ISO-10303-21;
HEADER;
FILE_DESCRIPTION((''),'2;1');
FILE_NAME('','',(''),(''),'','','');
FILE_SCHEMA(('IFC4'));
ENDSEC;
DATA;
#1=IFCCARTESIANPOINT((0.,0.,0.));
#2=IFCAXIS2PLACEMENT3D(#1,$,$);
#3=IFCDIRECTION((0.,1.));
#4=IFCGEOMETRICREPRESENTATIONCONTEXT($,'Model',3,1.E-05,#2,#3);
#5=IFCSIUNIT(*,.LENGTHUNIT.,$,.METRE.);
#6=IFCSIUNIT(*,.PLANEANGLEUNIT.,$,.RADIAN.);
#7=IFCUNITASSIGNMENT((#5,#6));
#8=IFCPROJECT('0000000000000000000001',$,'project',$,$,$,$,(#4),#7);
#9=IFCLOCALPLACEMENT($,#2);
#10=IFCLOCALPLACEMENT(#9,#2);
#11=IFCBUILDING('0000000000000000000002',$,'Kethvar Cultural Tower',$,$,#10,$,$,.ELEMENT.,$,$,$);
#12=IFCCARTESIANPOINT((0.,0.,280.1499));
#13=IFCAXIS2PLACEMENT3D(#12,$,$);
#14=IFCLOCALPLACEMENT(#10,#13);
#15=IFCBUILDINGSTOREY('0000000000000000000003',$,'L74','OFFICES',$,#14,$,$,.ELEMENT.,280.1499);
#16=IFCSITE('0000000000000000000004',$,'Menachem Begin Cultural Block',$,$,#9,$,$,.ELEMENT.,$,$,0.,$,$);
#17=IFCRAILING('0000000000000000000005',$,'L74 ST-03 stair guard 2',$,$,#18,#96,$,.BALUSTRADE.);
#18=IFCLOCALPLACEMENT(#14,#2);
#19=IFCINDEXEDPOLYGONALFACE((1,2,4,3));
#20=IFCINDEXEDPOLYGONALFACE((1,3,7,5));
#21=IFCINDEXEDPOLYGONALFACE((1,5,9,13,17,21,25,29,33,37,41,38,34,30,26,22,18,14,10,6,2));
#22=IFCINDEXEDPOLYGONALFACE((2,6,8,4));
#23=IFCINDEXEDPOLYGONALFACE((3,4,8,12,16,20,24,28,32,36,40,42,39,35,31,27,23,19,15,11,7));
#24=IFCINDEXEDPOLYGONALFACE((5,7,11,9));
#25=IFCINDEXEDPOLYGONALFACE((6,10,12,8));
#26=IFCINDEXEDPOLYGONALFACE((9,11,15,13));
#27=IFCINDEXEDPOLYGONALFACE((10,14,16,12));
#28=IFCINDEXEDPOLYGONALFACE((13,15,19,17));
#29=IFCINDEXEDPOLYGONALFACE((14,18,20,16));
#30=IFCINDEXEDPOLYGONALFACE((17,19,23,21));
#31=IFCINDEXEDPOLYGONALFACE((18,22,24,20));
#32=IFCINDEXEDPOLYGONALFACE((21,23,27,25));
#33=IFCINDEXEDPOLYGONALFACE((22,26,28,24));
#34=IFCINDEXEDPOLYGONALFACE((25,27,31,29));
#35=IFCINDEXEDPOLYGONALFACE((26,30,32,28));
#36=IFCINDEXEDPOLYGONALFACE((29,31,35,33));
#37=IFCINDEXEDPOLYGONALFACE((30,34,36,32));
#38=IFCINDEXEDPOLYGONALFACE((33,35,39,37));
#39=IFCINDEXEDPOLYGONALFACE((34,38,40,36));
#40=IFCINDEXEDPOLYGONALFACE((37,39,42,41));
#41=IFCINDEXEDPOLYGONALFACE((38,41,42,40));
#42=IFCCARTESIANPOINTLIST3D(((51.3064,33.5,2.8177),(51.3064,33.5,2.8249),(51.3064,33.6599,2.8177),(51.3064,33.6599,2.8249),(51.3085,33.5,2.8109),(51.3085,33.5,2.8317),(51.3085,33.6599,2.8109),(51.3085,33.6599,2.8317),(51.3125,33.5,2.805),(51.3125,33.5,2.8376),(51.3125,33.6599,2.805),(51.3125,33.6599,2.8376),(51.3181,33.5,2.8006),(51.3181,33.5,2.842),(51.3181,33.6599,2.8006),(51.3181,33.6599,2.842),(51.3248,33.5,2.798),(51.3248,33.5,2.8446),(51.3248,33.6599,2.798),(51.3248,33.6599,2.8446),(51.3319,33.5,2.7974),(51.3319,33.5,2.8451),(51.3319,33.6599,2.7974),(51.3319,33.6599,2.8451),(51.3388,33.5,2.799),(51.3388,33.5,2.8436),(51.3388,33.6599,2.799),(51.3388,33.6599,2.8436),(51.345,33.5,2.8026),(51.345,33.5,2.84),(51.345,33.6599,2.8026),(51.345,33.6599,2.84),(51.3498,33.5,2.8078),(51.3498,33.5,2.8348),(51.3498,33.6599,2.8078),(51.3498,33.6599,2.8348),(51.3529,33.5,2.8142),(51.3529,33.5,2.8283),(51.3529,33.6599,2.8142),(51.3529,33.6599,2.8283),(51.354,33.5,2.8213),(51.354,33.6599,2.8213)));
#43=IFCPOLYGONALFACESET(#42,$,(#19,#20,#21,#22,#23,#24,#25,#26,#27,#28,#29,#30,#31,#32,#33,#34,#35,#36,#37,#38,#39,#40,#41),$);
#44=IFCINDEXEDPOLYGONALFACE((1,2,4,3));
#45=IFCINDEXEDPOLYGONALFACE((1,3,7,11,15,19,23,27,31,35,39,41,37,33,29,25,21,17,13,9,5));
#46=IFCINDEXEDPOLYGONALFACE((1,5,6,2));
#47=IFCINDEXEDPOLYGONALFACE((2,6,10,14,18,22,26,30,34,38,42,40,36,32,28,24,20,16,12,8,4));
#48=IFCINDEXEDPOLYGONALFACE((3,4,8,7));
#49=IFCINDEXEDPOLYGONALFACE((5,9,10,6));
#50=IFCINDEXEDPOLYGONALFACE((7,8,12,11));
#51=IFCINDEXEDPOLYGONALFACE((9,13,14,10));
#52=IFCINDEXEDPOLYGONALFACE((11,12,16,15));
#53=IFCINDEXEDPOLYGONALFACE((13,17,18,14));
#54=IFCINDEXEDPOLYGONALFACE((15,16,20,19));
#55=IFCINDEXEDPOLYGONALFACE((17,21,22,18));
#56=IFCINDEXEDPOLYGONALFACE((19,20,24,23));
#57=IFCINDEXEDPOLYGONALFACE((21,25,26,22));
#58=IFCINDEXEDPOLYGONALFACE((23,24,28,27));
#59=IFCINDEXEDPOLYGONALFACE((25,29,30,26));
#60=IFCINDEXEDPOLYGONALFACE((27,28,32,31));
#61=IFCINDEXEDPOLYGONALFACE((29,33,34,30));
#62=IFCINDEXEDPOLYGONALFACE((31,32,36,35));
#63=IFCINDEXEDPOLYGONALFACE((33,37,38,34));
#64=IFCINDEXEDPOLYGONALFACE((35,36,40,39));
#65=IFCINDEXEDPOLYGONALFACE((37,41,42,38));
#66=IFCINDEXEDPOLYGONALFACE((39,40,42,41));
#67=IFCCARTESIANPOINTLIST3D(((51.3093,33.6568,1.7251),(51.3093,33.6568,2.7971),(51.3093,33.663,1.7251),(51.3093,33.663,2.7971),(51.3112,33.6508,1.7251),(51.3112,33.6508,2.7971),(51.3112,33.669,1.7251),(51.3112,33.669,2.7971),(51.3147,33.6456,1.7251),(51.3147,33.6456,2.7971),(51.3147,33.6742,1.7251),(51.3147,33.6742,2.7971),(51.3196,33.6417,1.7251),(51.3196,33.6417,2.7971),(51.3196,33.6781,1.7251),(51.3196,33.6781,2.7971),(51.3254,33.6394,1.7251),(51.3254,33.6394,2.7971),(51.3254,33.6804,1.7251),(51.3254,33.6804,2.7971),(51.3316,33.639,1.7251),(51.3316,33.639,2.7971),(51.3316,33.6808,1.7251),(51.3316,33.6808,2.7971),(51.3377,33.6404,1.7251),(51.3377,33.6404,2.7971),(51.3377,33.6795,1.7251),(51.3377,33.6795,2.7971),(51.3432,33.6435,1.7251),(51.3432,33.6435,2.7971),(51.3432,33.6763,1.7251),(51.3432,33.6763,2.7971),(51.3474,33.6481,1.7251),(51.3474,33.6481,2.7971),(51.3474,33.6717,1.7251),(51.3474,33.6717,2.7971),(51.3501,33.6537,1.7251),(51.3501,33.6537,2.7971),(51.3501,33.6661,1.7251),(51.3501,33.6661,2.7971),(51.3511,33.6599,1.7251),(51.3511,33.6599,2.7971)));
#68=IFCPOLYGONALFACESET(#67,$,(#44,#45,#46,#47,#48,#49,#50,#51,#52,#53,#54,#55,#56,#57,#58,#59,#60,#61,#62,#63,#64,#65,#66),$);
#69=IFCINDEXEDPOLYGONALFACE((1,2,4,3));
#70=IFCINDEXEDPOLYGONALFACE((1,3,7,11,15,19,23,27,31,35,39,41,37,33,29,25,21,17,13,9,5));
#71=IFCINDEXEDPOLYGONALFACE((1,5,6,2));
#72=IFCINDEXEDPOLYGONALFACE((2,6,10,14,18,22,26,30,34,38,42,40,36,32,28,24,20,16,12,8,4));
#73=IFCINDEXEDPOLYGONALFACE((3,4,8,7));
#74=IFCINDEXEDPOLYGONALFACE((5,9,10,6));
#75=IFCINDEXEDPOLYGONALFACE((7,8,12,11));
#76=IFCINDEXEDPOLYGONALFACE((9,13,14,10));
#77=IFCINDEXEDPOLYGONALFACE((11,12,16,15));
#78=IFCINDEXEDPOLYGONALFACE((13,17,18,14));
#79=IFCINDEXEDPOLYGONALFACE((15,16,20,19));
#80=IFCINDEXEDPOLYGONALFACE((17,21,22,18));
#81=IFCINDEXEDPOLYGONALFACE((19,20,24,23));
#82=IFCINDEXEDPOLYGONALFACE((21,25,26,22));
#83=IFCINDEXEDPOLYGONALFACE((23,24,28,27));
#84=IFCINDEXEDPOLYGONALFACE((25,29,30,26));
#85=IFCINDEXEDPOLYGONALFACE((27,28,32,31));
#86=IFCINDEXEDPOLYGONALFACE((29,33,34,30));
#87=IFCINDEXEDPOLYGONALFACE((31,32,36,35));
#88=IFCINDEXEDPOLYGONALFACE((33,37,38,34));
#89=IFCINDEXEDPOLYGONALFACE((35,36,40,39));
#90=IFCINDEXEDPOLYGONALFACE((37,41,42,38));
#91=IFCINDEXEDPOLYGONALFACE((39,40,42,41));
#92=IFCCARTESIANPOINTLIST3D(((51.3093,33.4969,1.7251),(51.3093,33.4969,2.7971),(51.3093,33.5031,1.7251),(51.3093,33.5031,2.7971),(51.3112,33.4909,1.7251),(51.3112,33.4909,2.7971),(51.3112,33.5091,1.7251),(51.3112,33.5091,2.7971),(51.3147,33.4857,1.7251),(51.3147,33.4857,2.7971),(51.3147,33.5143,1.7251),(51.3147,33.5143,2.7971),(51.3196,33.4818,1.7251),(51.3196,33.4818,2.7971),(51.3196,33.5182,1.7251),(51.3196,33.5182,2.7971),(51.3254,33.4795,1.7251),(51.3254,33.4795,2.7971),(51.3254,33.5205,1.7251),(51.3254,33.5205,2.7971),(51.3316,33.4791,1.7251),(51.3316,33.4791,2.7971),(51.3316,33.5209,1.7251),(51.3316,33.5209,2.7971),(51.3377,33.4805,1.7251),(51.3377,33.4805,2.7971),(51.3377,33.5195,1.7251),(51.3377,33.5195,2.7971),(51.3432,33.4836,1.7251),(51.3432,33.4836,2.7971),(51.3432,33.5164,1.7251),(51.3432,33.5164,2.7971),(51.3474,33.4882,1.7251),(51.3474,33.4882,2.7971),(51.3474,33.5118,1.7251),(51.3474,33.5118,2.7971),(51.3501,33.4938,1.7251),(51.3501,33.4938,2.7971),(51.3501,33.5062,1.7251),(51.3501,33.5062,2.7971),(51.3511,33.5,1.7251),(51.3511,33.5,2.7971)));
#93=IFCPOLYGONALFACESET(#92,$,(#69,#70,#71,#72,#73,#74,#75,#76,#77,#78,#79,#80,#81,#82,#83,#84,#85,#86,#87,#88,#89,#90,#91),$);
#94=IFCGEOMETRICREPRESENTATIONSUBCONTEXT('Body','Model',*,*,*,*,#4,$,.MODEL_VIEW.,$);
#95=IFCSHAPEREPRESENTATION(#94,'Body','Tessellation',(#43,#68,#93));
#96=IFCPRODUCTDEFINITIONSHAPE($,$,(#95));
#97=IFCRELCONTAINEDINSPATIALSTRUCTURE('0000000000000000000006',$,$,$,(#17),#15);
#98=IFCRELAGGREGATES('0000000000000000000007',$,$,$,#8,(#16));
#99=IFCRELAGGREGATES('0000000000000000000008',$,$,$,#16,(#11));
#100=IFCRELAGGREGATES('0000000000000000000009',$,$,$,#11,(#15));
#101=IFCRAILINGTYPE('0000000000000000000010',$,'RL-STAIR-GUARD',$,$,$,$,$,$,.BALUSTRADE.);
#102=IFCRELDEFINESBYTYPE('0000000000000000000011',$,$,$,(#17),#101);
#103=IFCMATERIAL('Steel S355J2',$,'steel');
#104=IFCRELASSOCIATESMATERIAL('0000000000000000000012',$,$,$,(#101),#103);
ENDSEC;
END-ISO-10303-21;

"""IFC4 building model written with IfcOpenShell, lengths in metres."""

from ifc_helpers import new_model, si_unit, direction, frame, origin, origin_2d, place, context, subcontext, project, spatial, circle, extrude, material, type_object, element, save


model = new_model("IFC4")

# Units and contexts
model_context = context("Model", 3, precision=1e-05, world=origin(), true_north=direction((0.0, 1.0)))
body_context = subcontext(model_context, "Body", "Model", "MODEL_VIEW")
ifc_project = project(units=[si_unit("LENGTHUNIT", "METRE"), si_unit("PLANEANGLEUNIT", "RADIAN")], contexts=[model_context])

# Site, building, storey
site_placement = place(None, origin())
site = spatial("IfcSite", under=ifc_project, at=site_placement, Name="Menachem Begin Cultural Block", CompositionType="ELEMENT", RefElevation=0.0)
building_placement = place(site_placement, origin())
building = spatial("IfcBuilding", under=site, at=building_placement, Name="Kethvar Cultural Tower", CompositionType="ELEMENT")
storey_placement = place(building_placement, frame((0.0, 0.0, 280.1499)))
storey = spatial("IfcBuildingStorey", under=building, at=storey_placement, Name="L74", Description="OFFICES", CompositionType="ELEMENT", Elevation=280.1499)

# Shared definitions
ifc_material_1 = material(Name="Steel S355J2", Category="steel")

# Railing
railing_type_1 = type_object("IfcRailingType", Name="RL-STAIR-GUARD", PredefinedType="BALUSTRADE", material=ifc_material_1)
railing_1_placement = place(storey_placement, frame((51.3301, 33.6599, 1.7251)))
element("IfcRailing", 1, at=railing_1_placement, inside=storey, type_object=railing_type_1, Name="L74 ST-03 stair guard 2", PredefinedType="BALUSTRADE", context=body_context, shape_type="SweptSolid", body=[
    extrude(circle(Radius=0.0239, at=origin_2d()), frame((0.0, 0.0, 1.0962), z_axis=(0.0, -1.0, 0.0), x_axis=(1.0, 0.0, 0.0)), (0.0, 0.0, 1.0), 0.1599),
    extrude(circle(Radius=0.021, at=origin_2d()), origin(), (0.0, 0.0, 1.0), 1.072),
    extrude(circle(Radius=0.021, at=origin_2d()), frame((0.0, -0.1599, 0.0)), (0.0, 0.0, 1.0), 1.072),
])

save(model, "model.ifc")
